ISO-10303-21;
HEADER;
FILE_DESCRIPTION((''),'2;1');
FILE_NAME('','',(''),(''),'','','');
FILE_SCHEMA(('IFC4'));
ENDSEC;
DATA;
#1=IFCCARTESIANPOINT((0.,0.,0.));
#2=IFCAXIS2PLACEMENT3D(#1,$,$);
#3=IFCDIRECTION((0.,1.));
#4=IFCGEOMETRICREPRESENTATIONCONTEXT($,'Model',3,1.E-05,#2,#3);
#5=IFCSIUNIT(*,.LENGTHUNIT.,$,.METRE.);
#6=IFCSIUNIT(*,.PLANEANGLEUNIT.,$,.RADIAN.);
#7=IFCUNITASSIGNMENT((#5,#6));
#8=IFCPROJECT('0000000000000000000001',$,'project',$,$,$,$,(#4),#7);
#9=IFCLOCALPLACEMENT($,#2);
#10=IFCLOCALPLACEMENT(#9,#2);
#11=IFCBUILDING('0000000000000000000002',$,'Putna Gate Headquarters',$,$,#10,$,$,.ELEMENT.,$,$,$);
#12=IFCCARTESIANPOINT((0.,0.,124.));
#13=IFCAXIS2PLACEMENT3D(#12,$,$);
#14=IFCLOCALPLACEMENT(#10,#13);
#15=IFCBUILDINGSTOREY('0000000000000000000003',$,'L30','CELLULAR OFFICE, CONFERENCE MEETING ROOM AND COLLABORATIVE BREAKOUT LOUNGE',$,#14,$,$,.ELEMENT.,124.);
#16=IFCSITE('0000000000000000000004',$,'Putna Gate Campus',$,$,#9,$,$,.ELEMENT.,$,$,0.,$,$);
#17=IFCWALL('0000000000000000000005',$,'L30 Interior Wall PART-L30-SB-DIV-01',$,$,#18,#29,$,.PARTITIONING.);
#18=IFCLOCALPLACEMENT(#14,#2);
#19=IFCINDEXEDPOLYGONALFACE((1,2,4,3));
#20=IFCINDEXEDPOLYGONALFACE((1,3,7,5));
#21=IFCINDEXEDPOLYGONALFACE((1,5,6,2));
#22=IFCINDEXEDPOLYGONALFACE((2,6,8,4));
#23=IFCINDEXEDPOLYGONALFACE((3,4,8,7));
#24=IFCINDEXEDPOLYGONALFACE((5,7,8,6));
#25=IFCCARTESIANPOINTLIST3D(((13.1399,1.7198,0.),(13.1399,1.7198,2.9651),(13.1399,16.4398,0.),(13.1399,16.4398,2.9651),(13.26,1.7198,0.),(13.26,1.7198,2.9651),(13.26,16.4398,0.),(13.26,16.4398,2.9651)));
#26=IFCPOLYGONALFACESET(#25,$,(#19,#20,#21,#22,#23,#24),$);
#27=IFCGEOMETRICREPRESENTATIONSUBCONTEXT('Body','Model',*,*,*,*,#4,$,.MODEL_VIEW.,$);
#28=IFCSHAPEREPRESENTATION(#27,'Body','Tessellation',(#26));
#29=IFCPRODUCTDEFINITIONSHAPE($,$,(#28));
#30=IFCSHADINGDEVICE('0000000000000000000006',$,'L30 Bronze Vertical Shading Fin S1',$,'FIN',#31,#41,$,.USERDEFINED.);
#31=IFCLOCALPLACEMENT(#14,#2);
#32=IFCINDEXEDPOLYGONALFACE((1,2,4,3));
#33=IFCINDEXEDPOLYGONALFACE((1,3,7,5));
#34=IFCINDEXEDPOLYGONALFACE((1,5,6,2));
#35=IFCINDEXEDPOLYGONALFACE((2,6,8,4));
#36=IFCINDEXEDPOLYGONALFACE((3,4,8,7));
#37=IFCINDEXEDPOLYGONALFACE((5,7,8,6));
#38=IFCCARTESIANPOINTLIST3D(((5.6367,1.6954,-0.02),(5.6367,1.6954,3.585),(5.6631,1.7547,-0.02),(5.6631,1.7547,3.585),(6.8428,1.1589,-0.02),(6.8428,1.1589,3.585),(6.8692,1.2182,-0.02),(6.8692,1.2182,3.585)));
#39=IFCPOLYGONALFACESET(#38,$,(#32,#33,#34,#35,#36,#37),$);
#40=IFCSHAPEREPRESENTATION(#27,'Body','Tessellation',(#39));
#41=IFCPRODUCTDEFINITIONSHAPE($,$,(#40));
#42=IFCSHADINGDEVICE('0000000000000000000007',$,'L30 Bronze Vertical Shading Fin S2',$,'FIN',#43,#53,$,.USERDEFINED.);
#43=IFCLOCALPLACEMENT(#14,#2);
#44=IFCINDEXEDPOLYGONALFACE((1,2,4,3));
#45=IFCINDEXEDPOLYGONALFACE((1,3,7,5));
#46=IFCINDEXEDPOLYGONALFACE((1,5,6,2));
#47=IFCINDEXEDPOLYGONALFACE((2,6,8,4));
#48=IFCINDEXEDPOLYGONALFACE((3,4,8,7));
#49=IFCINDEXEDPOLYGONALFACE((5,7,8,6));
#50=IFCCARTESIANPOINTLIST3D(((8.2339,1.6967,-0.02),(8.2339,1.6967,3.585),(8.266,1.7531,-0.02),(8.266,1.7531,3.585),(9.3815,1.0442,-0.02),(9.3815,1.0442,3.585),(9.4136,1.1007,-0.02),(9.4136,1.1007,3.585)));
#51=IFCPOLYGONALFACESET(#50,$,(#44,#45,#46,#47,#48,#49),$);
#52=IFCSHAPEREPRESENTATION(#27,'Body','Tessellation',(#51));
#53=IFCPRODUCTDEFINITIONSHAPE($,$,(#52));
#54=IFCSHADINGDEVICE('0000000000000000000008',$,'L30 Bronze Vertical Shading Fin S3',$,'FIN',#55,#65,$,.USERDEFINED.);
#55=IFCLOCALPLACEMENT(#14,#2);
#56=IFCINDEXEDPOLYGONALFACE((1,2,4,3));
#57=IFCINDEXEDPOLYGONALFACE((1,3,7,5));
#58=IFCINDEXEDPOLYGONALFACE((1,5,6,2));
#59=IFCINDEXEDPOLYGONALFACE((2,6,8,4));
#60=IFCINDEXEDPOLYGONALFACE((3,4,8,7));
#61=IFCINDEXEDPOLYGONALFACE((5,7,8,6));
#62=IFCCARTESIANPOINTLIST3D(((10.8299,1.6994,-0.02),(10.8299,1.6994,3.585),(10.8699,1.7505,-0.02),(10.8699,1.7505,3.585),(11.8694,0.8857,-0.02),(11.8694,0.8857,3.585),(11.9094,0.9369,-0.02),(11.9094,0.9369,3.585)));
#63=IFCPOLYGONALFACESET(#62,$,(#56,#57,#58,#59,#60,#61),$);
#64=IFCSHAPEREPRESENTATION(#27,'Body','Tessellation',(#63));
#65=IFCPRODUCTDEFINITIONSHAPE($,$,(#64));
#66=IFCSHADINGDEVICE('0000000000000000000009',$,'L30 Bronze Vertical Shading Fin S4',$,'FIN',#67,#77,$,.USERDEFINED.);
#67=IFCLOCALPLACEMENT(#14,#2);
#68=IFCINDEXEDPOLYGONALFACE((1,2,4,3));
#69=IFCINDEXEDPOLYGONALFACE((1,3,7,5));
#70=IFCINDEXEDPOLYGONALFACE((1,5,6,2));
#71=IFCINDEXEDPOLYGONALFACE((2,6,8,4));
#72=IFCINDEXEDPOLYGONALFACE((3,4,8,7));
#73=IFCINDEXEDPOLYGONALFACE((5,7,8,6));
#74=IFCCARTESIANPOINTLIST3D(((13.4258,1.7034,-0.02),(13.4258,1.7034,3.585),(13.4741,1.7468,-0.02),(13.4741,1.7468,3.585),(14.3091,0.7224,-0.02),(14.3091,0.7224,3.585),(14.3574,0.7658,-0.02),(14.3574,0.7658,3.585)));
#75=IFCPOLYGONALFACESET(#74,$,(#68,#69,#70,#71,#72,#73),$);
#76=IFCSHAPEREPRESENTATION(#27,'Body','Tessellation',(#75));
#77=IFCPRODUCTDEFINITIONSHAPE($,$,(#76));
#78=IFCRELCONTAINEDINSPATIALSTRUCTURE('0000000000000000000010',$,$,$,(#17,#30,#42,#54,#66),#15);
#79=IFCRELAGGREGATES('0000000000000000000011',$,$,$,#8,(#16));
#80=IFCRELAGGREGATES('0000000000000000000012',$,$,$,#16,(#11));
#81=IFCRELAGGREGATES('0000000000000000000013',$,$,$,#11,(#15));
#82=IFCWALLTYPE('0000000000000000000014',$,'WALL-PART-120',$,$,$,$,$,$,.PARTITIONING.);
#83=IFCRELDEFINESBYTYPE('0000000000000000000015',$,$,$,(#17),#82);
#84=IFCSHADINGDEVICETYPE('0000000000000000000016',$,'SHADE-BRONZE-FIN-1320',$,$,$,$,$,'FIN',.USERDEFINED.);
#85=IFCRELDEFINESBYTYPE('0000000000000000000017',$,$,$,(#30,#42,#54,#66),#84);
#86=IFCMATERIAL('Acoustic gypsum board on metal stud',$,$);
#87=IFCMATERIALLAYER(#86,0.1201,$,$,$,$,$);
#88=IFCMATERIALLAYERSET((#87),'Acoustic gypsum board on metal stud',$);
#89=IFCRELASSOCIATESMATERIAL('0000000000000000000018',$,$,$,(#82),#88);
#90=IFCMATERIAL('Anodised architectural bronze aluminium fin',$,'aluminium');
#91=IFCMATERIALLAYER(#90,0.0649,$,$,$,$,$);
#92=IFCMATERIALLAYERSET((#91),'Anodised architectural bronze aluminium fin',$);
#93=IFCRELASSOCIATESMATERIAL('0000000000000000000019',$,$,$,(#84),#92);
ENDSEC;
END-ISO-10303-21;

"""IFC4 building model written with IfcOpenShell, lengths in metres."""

from ifc_helpers import new_model, si_unit, direction, frame, frame_2d, origin, origin_2d, place, context, subcontext, project, spatial, rectangle, extrude, material, layer, layer_set, type_object, element, save


model = new_model("IFC4")

# Units and contexts
model_context = context("Model", 3, precision=1e-05, world=origin(), true_north=direction((0.0, 1.0)))
body_context = subcontext(model_context, "Body", "Model", "MODEL_VIEW")
ifc_project = project(units=[si_unit("LENGTHUNIT", "METRE"), si_unit("PLANEANGLEUNIT", "RADIAN")], contexts=[model_context])

# Site, building, storey
site_placement = place(None, origin())
site = spatial("IfcSite", under=ifc_project, at=site_placement, Name="Putna Gate Campus", CompositionType="ELEMENT", RefElevation=0.0)
building_placement = place(site_placement, origin())
building = spatial("IfcBuilding", under=site, at=building_placement, Name="Putna Gate Headquarters", CompositionType="ELEMENT")
storey_placement = place(building_placement, frame((0.0, 0.0, 124.0)))
storey = spatial("IfcBuildingStorey", under=building, at=storey_placement, Name="L30", Description="CELLULAR OFFICE, CONFERENCE MEETING ROOM AND COLLABORATIVE BREAKOUT LOUNGE", CompositionType="ELEMENT", Elevation=124.0)

# Wall
ifc_material_1 = material(Name="Acoustic gypsum board on metal stud")
ifc_layer_1 = layer(ifc_material_1, 0.1201)
ifc_layer_set_1 = layer_set([ifc_layer_1], Name="Acoustic gypsum board on metal stud")
wall_type_1 = type_object("IfcWallType", Name="WALL-PART-120", PredefinedType="PARTITIONING", material=ifc_layer_set_1)
wall_placement = place(storey_placement, frame((13.2, 1.72, 0.0), z_axis=(0.0, 0.0, 1.0), x_axis=(0.0, 1.0, 0.0)))
element("IfcWall", 1, at=wall_placement, inside=storey, type_object=wall_type_1, Name="L30 Interior Wall PART-L30-SB-DIV-01", PredefinedType="PARTITIONING", context=body_context, shape_type="SweptSolid", body=[
    extrude(rectangle(XDim=14.72, YDim=0.1201, at=frame_2d((7.3599, 0.0))), origin(), (0.0, 0.0, 1.0), 2.9651),
])

# Shading devices
ifc_material_2 = material(Name="Anodised architectural bronze aluminium fin", Category="aluminium")
ifc_layer_2 = layer(ifc_material_2, 0.0649)
ifc_layer_set_2 = layer_set([ifc_layer_2], Name="Anodised architectural bronze aluminium fin")
shading_device_type = type_object("IfcShadingDeviceType", Name="SHADE-BRONZE-FIN-1320", ElementType="FIN", PredefinedType="USERDEFINED", material=ifc_layer_set_2)
for number, where, z_axis, x_axis, name in (
    (2, (6.2529, 1.4568, -0.02), (0.0, 0.0, 1.0), (0.913687, -0.406418, 0.0), "L30 Bronze Vertical Shading Fin S1"),
    (3, (8.8237, 1.3987, -0.02), (0.0, 0.0, 1.0), (0.869322, -0.494245, 0.0), "L30 Bronze Vertical Shading Fin S2"),
    (4, (11.3696, 1.3181, -0.02), (0.0, 0.0, 1.0), (0.787473, -0.616349, 0.0), "L30 Bronze Vertical Shading Fin S3"),
    (5, (13.8916, 1.2346, -0.02), (0.0, 0.0, 1.0), (0.669131, -0.743145, 0.0), "L30 Bronze Vertical Shading Fin S4"),
):
    element("IfcShadingDevice", number, at=place(storey_placement, frame(where, z_axis=z_axis, x_axis=x_axis)), inside=storey, type_object=shading_device_type, Name=name, ObjectType="FIN", PredefinedType="USERDEFINED", context=body_context, shape_type="SweptSolid", body=[
        extrude(rectangle(XDim=1.3201, YDim=0.0649, at=origin_2d()), origin(), (0.0, 0.0, 1.0), 3.605),
    ])

save(model, "model.ifc")
